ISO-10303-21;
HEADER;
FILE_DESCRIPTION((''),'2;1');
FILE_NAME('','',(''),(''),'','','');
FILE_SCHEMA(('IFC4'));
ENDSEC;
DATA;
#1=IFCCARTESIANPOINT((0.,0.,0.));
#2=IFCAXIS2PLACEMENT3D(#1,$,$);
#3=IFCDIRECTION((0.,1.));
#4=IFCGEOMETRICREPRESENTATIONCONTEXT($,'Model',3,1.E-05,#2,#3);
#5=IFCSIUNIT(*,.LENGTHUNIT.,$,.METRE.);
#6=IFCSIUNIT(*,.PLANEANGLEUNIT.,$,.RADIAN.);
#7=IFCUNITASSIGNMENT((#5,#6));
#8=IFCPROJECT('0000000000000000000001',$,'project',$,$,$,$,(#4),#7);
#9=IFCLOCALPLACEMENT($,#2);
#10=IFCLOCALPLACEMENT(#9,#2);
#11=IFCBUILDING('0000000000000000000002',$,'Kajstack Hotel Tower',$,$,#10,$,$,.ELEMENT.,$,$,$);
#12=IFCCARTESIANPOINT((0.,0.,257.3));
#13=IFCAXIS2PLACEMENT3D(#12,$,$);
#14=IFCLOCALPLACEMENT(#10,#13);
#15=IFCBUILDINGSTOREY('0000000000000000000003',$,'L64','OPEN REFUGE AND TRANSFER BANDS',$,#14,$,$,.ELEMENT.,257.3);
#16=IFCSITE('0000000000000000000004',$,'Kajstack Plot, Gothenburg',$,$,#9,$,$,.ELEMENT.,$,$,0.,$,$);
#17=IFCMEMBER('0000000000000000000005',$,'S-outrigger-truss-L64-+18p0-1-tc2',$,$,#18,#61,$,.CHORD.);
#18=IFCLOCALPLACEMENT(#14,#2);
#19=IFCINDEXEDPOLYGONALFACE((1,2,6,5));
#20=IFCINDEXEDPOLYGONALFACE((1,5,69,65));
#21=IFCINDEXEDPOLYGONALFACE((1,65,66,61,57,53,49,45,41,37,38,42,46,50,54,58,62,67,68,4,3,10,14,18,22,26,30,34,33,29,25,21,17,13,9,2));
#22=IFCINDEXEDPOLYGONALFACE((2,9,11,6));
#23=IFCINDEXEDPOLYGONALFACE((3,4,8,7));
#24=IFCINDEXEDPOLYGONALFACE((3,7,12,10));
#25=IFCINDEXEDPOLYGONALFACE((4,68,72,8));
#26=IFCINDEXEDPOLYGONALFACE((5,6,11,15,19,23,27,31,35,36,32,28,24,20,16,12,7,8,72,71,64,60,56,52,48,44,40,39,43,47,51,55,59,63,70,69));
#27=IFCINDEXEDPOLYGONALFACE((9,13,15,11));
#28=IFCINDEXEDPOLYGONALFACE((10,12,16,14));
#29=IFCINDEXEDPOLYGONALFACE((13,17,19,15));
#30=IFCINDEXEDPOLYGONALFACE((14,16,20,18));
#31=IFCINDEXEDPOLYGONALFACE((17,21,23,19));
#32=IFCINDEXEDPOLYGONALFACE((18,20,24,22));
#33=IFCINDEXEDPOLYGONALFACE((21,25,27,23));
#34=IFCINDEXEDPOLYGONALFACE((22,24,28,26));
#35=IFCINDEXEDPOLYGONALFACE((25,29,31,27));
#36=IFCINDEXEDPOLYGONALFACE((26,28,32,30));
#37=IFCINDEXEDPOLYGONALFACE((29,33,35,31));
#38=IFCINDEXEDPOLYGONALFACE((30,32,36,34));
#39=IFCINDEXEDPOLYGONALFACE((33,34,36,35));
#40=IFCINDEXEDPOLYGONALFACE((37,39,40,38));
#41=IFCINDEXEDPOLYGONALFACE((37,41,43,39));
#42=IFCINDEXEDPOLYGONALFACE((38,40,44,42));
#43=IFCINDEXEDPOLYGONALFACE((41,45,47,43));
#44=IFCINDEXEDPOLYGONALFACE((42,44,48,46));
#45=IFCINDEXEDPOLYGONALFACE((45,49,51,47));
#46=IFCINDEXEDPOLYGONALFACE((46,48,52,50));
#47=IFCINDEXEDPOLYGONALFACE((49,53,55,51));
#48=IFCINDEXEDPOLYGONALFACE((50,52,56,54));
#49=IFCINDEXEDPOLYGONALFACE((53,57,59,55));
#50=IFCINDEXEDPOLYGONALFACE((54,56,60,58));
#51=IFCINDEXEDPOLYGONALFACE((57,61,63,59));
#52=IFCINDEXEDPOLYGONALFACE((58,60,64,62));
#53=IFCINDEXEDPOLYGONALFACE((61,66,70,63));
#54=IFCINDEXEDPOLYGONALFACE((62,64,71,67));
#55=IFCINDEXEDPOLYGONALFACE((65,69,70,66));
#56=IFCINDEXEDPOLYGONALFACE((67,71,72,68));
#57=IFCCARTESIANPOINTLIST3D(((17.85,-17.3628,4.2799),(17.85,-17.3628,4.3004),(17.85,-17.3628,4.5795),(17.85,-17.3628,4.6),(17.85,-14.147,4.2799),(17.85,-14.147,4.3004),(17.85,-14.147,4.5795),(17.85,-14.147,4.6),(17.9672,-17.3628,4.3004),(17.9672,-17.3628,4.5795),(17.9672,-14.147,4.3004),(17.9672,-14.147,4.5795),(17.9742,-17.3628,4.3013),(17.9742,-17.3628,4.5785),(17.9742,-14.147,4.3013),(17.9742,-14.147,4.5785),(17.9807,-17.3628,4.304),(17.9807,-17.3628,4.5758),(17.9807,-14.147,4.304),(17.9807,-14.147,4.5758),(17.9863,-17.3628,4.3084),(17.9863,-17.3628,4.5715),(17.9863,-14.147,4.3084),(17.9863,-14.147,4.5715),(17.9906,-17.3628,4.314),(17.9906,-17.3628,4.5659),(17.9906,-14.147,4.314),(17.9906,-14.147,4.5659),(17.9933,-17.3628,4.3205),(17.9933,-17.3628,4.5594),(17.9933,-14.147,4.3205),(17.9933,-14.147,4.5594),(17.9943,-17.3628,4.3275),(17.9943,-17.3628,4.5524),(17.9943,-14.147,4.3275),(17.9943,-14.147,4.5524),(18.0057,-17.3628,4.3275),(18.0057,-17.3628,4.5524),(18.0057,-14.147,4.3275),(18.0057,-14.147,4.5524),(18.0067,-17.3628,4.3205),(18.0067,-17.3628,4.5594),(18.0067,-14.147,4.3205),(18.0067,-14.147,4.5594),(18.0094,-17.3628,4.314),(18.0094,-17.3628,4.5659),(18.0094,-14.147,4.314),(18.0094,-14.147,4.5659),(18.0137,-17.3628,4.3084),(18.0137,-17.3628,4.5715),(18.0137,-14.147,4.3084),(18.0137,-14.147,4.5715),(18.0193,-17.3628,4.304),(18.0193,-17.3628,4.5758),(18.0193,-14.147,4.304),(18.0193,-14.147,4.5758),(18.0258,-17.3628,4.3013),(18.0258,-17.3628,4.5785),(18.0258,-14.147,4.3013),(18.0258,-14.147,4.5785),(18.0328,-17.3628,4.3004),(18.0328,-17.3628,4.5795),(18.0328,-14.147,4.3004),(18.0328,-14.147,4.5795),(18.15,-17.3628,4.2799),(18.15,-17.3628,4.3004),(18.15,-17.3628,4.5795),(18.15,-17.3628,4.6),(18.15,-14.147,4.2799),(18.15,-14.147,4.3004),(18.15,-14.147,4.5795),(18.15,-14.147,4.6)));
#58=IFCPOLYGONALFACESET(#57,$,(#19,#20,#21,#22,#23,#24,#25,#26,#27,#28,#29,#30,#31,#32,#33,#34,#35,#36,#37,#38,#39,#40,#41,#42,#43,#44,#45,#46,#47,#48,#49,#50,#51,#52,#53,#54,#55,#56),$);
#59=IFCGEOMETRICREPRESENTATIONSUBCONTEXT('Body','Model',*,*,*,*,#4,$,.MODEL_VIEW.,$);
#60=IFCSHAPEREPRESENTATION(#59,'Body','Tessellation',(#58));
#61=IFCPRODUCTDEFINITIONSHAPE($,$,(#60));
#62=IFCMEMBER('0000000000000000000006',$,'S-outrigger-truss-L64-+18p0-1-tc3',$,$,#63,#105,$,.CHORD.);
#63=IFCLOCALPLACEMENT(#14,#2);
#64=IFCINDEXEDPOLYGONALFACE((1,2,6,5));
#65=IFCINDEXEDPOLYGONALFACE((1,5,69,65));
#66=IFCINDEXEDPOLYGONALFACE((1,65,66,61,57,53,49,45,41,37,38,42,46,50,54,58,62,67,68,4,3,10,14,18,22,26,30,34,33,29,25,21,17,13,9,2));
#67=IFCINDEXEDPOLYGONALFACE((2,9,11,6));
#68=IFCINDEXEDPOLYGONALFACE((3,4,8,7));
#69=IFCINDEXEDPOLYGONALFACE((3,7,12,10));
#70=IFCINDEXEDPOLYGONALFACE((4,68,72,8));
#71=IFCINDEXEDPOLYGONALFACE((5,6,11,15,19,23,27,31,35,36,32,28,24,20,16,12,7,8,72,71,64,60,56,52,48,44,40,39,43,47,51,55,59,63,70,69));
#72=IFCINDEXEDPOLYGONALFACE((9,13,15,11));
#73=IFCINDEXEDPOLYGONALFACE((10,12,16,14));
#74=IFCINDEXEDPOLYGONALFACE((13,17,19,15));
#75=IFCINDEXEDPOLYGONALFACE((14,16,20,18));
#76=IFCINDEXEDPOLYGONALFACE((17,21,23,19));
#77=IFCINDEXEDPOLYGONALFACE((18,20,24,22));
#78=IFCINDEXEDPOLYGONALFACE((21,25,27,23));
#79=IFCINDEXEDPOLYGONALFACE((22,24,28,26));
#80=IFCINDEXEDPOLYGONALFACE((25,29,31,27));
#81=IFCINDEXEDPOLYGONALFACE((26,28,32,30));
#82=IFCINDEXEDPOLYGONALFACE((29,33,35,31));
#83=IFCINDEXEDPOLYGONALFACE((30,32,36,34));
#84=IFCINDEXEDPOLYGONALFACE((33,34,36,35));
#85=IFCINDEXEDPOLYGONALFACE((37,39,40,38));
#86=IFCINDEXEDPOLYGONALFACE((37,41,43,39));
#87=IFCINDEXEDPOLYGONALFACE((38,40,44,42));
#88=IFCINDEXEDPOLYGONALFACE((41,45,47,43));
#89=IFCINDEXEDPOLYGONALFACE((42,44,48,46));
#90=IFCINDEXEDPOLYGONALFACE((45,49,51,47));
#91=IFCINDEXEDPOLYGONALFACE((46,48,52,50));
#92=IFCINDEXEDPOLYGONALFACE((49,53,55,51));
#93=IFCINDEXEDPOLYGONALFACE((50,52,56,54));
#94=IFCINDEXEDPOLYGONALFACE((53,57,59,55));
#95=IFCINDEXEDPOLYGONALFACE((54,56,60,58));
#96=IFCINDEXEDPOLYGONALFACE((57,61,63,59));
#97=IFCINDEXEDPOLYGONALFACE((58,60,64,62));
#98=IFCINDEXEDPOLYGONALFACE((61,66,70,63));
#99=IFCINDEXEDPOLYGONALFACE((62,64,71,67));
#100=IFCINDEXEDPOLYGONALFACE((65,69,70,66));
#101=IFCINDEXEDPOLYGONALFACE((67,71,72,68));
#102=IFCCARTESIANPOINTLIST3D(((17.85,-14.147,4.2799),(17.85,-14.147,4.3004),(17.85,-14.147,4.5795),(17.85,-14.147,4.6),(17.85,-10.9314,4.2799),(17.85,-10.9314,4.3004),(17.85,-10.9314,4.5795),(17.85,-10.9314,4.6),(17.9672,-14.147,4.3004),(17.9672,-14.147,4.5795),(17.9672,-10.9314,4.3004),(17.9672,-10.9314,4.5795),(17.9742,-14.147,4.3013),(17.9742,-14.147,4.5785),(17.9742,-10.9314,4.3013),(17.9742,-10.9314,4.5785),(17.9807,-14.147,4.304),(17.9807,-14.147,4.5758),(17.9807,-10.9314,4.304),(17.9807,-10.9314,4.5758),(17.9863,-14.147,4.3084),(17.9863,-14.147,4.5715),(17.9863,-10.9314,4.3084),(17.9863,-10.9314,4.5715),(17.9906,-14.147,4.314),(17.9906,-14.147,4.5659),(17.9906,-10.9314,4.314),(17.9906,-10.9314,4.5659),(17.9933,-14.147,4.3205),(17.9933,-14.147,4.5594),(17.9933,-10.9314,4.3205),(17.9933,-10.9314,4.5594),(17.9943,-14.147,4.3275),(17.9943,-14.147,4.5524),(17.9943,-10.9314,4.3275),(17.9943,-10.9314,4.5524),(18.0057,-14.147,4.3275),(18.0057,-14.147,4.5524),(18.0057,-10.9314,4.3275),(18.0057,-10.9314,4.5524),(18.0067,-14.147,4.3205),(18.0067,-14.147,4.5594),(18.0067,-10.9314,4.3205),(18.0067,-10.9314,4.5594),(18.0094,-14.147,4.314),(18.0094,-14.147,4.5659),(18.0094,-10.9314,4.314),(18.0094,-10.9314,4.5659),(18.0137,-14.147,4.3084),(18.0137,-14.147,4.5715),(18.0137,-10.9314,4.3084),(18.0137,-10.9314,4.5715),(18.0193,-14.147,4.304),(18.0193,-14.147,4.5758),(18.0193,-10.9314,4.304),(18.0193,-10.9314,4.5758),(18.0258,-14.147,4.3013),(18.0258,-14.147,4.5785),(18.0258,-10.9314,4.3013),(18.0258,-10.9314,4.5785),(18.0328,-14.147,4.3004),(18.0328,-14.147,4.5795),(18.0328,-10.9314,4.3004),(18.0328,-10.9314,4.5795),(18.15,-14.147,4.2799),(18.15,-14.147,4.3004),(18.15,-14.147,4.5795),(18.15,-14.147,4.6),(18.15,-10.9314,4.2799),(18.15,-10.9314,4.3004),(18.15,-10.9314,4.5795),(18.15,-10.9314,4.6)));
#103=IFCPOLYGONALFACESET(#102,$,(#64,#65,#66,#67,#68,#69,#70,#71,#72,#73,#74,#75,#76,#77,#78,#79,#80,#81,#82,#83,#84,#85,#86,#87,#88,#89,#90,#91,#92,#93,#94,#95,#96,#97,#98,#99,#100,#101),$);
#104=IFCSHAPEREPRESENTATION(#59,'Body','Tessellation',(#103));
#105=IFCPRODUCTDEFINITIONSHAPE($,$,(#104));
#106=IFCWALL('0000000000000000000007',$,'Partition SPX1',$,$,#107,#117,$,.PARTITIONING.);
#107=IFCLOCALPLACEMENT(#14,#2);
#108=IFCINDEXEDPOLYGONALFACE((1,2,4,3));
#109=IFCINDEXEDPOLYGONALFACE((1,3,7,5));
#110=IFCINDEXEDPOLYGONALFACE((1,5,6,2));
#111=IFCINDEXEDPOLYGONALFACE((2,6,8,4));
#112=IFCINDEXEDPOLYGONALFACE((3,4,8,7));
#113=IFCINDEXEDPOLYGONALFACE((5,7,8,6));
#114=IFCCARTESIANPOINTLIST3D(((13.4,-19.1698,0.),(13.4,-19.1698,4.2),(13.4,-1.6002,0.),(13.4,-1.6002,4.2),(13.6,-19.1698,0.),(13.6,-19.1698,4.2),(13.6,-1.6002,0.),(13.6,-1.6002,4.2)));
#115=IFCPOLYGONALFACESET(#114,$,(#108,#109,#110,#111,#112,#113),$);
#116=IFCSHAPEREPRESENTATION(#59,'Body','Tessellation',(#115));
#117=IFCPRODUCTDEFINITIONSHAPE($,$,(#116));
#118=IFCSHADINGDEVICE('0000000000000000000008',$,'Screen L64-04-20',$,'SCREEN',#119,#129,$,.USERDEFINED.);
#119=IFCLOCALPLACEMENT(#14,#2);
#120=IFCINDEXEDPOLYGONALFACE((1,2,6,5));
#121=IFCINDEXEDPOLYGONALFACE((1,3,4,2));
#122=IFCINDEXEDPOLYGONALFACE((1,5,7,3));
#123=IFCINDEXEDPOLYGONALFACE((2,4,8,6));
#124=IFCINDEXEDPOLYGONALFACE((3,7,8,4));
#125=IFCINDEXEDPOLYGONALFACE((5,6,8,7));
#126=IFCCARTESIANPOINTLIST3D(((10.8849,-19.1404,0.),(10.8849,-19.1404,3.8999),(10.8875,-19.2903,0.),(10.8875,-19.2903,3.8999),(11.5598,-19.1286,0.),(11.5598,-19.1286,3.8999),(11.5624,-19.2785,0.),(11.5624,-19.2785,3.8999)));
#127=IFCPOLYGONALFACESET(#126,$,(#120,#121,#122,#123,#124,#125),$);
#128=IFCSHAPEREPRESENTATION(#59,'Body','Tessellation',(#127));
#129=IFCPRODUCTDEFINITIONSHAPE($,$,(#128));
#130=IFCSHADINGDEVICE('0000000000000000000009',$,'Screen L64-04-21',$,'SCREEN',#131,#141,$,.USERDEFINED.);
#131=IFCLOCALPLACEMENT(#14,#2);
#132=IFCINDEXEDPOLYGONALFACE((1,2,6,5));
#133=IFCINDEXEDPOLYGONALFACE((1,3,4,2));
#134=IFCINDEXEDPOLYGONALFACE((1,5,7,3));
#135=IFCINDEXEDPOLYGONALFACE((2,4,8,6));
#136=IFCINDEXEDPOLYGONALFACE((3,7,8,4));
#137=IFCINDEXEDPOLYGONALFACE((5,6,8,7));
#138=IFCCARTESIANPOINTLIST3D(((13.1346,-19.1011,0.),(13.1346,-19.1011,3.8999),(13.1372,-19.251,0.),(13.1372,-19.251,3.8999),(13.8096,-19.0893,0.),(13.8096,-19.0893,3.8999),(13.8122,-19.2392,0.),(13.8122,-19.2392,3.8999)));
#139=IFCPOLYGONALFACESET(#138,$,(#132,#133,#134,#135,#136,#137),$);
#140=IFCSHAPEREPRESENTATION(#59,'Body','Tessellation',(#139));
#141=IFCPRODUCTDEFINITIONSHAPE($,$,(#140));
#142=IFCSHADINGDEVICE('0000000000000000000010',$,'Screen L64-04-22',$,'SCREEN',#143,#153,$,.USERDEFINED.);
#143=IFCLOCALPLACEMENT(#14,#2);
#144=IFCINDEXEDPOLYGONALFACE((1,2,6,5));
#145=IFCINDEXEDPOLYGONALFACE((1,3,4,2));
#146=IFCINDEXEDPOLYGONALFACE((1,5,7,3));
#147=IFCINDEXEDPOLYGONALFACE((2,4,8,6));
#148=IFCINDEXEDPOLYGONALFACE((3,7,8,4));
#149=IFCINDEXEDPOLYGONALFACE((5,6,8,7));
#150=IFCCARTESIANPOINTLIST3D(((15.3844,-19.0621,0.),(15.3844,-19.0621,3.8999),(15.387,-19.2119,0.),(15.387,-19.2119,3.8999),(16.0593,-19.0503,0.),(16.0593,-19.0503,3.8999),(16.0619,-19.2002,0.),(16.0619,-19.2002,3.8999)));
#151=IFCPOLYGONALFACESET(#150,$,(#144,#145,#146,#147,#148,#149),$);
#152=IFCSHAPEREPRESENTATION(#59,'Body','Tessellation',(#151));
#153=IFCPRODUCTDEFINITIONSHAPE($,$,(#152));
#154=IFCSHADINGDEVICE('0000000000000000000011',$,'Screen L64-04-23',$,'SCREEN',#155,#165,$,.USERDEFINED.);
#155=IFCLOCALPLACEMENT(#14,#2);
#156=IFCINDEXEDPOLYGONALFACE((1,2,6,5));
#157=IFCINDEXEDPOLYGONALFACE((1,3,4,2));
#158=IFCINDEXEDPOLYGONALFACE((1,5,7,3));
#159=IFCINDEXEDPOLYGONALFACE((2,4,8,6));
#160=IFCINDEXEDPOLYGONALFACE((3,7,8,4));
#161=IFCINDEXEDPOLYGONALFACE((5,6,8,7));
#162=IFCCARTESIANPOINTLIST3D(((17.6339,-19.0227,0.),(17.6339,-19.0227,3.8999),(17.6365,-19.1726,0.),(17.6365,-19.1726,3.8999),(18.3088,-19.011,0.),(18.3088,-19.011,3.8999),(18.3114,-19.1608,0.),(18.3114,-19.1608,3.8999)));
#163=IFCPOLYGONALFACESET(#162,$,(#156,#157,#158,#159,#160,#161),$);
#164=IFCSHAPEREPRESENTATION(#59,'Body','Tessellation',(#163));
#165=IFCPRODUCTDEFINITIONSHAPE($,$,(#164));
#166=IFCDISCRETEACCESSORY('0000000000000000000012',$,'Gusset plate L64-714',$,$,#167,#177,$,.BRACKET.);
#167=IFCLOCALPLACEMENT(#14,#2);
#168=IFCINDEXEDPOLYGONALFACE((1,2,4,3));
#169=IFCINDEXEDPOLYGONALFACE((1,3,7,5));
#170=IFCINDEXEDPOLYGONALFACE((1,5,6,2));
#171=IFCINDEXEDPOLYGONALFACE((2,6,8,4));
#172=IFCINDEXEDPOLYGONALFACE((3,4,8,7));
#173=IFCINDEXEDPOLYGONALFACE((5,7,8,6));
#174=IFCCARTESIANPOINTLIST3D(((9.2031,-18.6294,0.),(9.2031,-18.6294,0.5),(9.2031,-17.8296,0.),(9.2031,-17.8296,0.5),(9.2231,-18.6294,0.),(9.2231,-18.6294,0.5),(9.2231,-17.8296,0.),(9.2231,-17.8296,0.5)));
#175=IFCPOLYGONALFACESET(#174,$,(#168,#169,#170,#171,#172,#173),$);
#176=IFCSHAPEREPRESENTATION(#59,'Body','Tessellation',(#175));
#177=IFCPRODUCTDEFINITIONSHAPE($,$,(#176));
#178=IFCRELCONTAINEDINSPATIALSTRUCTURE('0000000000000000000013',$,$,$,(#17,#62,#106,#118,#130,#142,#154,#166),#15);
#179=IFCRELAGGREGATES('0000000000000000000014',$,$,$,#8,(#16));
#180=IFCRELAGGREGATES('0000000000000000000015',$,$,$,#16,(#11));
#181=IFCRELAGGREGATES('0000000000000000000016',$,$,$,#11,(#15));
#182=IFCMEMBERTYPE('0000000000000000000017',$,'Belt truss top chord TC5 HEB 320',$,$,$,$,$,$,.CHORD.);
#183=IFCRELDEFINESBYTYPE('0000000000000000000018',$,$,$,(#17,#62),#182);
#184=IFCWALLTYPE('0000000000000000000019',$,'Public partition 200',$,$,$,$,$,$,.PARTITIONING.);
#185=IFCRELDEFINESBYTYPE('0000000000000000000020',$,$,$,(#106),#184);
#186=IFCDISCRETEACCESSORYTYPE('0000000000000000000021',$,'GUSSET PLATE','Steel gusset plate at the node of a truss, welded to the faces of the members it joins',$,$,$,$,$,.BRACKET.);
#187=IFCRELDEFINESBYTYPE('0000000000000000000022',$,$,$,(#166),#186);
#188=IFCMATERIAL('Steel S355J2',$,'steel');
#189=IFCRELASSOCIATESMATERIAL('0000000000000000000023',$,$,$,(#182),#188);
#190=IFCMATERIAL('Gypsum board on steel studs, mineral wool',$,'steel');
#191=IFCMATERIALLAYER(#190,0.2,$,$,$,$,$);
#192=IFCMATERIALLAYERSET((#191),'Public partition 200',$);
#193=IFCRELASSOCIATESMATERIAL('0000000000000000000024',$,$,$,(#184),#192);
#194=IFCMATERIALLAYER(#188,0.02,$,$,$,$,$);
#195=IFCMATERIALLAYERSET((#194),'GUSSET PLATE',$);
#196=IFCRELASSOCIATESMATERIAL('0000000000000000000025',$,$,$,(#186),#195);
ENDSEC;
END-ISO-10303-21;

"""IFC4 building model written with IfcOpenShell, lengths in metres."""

from ifc_helpers import new_model, si_unit, direction, frame, frame_2d, origin, origin_2d, place, context, subcontext, project, spatial, polyline, rectangle, i_section, outline, extrude, material, layer, layer_set, material_profile, profile_set, type_object, element, save


model = new_model("IFC4")

# Units and contexts
model_context = context("Model", 3, precision=1e-05, world=origin(), true_north=direction((0.0, 1.0)))
body_context = subcontext(model_context, "Body", "Model", "MODEL_VIEW")
ifc_project = project(units=[si_unit("LENGTHUNIT", "METRE"), si_unit("PLANEANGLEUNIT", "RADIAN")], contexts=[model_context])

# Site, building, storey
site_placement = place(None, origin())
site = spatial("IfcSite", under=ifc_project, at=site_placement, Name="Kajstack Plot, Gothenburg", CompositionType="ELEMENT", RefElevation=0.0)
building_placement = place(site_placement, origin())
building = spatial("IfcBuilding", under=site, at=building_placement, Name="Kajstack Hotel Tower", CompositionType="ELEMENT")
storey_placement = place(building_placement, frame((0.0, 0.0, 257.3)))
storey = spatial("IfcBuildingStorey", under=building, at=storey_placement, Name="L64", Description="OPEN REFUGE AND TRANSFER BANDS", CompositionType="ELEMENT", Elevation=257.3)

# Members
ifc_material_1 = material(Name="Steel S355J2", Category="steel")
ifc_material_profile_1 = material_profile(ifc_material_1, i_section(OverallWidth=0.3, OverallDepth=0.3201, WebThickness=0.0115, FlangeThickness=0.0205, FilletRadius=0.0271, at=origin_2d()), Name="HEB 320")
ifc_profile_set_1 = profile_set([ifc_material_profile_1], Name="Steel S355J2")
member_type_1 = type_object("IfcMemberType", Name="Belt truss top chord TC5 HEB 320", PredefinedType="CHORD", material=ifc_profile_set_1)
member_1_placement = place(storey_placement, frame((18.0, -17.3628, 4.4399), z_axis=(0.0, 1.0, 0.0), x_axis=(-1.0, 0.0, 0.0)))
element("IfcMember", 1, at=member_1_placement, inside=storey, type_object=member_type_1, Name="S-outrigger-truss-L64-+18p0-1-tc2", PredefinedType="CHORD", context=body_context, shape_type="SweptSolid", body=[
    extrude(i_section(OverallWidth=0.3, OverallDepth=0.3201, WebThickness=0.0115, FlangeThickness=0.0205, FilletRadius=0.0271, at=origin_2d()), origin(), (0.0, 0.0, 1.0), 3.2158),
])
member_2_placement = place(storey_placement, frame((18.0, -14.147, 4.4399), z_axis=(0.0, 1.0, 0.0), x_axis=(-1.0, 0.0, 0.0)))
element("IfcMember", 2, at=member_2_placement, inside=storey, type_object=member_type_1, Name="S-outrigger-truss-L64-+18p0-1-tc3", PredefinedType="CHORD", context=body_context, shape_type="SweptSolid", body=[
    extrude(i_section(OverallWidth=0.3, OverallDepth=0.3201, WebThickness=0.0115, FlangeThickness=0.0205, FilletRadius=0.0271, at=origin_2d()), origin(), (0.0, 0.0, 1.0), 3.2156),
])

# Wall
ifc_material_2 = material(Name="Gypsum board on steel studs, mineral wool", Category="steel")
ifc_layer_1 = layer(ifc_material_2, 0.2)
ifc_layer_set_1 = layer_set([ifc_layer_1], Name="Public partition 200")
wall_type = type_object("IfcWallType", Name="Public partition 200", PredefinedType="PARTITIONING", material=ifc_layer_set_1)
wall_placement = place(storey_placement, frame((13.5, -19.1697, 0.0), z_axis=(0.0, 0.0, 1.0), x_axis=(0.0, 1.0, 0.0)))
element("IfcWall", 3, at=wall_placement, inside=storey, type_object=wall_type, Name="Partition SPX1", PredefinedType="PARTITIONING", context=body_context, shape_type="SweptSolid", body=[
    extrude(rectangle(XDim=17.5696, YDim=0.2, at=frame_2d((8.7847, 0.0))), origin(), (0.0, 0.0, 1.0), 4.2),
])

# Shading devices
for number, where, z_axis, x_axis, name in (
    (4, (11.2236, -19.2095, 0.0), (0.0, 0.0, 1.0), (0.999848, 0.017453, 0.0), "Screen L64-04-20"),
    (5, (13.4734, -19.1702, 0.0), (0.0, 0.0, 1.0), (0.999848, 0.017453, 0.0), "Screen L64-04-21"),
    (6, (15.7231, -19.1311, 0.0), (0.0, 0.0, 1.0), (0.999848, 0.017453, 0.0), "Screen L64-04-22"),
    (7, (17.9727, -19.0918, 0.0), (0.0, 0.0, 1.0), (0.999848, 0.017453, 0.0), "Screen L64-04-23"),
):
    element("IfcShadingDevice", number, at=place(storey_placement, frame(where, z_axis=z_axis, x_axis=x_axis)), inside=storey, Name=name, ObjectType="SCREEN", PredefinedType="USERDEFINED", context=body_context, shape_type="SweptSolid", body=[
        extrude(rectangle(XDim=0.675, YDim=0.1499, at=origin_2d()), origin(), (0.0, 0.0, 1.0), 3.8999),
    ])

# Discrete accessory
ifc_layer_2 = layer(ifc_material_1, 0.02)
ifc_layer_set_2 = layer_set([ifc_layer_2], Name="GUSSET PLATE")
discrete_accessory_type = type_object("IfcDiscreteAccessoryType", Name="GUSSET PLATE", Description="Steel gusset plate at the node of a truss, welded to the faces of the members it joins", PredefinedType="BRACKET", material=ifc_layer_set_2)
discrete_accessory_1_placement = place(storey_placement, frame((9.2031, -18.2295, 0.0), z_axis=(1.0, 0.0, 0.0), x_axis=(0.0, 1.0, 0.0)))
element("IfcDiscreteAccessory", 8, at=discrete_accessory_1_placement, inside=storey, type_object=discrete_accessory_type, Name="Gusset plate L64-714", PredefinedType="BRACKET", context=body_context, shape_type="SweptSolid", body=[
    extrude(outline(polyline([(-0.3999, 0.0), (0.3999, 0.0), (0.3999, 0.5), (-0.3999, 0.5), (-0.3999, 0.0)])), origin(), (0.0, 0.0, 1.0), 0.02),
])

save(model, "model.ifc")
